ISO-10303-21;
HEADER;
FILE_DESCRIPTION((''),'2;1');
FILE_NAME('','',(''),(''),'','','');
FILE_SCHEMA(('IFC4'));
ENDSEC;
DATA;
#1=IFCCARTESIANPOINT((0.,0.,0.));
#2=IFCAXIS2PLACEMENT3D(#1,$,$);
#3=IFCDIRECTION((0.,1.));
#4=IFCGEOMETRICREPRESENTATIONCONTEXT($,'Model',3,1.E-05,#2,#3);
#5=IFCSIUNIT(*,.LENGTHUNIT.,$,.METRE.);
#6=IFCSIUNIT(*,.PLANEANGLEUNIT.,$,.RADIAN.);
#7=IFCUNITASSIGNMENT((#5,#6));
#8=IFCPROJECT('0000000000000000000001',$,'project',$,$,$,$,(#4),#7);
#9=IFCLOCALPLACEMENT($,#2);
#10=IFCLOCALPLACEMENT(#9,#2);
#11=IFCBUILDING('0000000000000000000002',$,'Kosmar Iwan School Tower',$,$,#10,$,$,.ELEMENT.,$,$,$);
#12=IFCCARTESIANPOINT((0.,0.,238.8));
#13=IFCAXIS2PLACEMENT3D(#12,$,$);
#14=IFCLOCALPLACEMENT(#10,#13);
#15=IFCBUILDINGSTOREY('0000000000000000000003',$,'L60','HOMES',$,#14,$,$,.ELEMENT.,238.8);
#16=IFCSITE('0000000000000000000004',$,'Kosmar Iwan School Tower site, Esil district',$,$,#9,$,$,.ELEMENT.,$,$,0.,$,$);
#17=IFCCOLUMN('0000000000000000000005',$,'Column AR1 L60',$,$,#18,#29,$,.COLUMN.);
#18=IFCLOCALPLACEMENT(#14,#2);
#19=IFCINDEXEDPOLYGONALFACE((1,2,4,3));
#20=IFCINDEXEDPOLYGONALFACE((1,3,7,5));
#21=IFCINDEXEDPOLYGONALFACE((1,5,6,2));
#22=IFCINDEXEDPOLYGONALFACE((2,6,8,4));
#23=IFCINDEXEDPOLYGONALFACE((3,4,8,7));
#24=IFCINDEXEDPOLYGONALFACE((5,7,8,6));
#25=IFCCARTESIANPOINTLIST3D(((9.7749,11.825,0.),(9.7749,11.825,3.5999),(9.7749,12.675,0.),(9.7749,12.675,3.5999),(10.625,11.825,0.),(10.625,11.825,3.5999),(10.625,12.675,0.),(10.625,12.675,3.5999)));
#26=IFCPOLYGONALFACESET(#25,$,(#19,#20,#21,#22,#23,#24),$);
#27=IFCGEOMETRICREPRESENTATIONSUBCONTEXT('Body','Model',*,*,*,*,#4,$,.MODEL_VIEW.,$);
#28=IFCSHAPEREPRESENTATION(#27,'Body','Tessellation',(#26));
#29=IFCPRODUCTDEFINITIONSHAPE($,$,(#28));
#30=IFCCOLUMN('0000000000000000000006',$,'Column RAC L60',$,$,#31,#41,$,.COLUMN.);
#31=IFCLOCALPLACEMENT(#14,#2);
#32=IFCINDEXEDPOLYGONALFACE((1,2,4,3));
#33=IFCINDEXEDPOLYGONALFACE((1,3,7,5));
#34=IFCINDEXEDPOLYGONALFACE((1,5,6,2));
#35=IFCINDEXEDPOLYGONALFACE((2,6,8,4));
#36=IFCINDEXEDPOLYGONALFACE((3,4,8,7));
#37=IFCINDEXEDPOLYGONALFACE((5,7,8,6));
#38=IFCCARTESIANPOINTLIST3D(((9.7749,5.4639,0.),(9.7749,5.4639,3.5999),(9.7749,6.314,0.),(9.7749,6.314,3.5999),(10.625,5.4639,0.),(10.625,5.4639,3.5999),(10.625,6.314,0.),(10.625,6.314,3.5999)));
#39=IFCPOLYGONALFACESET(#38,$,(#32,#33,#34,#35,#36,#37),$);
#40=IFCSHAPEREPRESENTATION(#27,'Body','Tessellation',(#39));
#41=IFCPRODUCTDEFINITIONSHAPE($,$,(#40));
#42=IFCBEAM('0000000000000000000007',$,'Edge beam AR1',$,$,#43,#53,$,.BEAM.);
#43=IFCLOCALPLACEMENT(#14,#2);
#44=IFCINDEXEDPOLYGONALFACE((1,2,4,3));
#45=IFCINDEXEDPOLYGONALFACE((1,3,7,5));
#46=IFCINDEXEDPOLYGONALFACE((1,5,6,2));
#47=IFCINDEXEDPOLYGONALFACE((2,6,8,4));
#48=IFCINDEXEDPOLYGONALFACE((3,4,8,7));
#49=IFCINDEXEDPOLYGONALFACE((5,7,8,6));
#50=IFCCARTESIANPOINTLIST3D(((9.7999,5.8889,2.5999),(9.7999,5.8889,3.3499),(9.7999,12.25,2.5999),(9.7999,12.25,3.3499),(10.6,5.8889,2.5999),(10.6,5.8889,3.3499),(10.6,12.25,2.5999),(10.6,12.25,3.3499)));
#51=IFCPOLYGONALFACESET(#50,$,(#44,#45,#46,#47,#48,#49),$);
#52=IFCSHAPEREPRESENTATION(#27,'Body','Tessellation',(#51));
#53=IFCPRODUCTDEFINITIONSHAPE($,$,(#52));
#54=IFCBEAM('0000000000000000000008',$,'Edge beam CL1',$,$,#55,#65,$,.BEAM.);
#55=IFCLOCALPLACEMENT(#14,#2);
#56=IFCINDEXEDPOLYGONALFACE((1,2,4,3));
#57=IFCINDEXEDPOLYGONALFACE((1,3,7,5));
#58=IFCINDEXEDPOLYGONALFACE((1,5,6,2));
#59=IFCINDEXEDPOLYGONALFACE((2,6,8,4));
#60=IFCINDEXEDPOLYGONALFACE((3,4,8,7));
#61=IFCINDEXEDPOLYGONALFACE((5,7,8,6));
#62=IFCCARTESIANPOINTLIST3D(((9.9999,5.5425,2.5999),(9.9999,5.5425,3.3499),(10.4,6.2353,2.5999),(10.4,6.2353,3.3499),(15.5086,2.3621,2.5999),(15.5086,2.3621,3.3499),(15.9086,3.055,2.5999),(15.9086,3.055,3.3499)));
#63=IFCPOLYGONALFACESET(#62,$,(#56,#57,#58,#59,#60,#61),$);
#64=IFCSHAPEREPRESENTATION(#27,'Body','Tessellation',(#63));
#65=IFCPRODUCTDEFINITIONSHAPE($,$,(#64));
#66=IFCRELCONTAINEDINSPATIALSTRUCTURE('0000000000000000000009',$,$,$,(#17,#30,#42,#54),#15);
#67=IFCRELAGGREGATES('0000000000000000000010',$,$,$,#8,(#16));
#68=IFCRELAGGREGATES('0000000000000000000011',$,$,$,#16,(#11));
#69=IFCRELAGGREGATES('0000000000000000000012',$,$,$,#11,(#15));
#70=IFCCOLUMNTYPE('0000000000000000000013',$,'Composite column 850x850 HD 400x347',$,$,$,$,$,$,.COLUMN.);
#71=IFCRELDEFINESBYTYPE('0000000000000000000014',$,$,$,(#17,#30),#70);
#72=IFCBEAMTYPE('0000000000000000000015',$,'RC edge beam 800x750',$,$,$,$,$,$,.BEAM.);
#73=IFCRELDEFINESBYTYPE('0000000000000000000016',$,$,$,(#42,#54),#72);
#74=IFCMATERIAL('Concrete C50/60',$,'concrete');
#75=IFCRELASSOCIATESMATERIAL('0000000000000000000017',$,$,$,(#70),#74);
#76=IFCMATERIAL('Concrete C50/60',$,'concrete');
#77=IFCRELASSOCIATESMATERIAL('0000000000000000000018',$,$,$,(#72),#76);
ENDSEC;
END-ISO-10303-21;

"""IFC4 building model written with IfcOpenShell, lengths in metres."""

from ifc_helpers import new_model, si_unit, direction, frame, origin, origin_2d, place, context, subcontext, project, spatial, rectangle, extrude, material, material_profile, profile_set, type_object, element, save


model = new_model("IFC4")

# Units and contexts
model_context = context("Model", 3, precision=1e-05, world=origin(), true_north=direction((0.0, 1.0)))
body_context = subcontext(model_context, "Body", "Model", "MODEL_VIEW")
ifc_project = project(units=[si_unit("LENGTHUNIT", "METRE"), si_unit("PLANEANGLEUNIT", "RADIAN")], contexts=[model_context])

# Site, building, storey
site_placement = place(None, origin())
site = spatial("IfcSite", under=ifc_project, at=site_placement, Name="Kosmar Iwan School Tower site, Esil district", CompositionType="ELEMENT", RefElevation=0.0)
building_placement = place(site_placement, origin())
building = spatial("IfcBuilding", under=site, at=building_placement, Name="Kosmar Iwan School Tower", CompositionType="ELEMENT")
storey_placement = place(building_placement, frame((0.0, 0.0, 238.8)))
storey = spatial("IfcBuildingStorey", under=building, at=storey_placement, Name="L60", Description="HOMES", CompositionType="ELEMENT", Elevation=238.8)

# Columns
ifc_material_1 = material(Name="Concrete C50/60", Category="concrete")
ifc_material_profile_1 = material_profile(ifc_material_1, rectangle(XDim=0.8501, YDim=0.8501, at=origin_2d()), Name="RC 850x850 + HD 400x347")
ifc_profile_set_1 = profile_set([ifc_material_profile_1], Name="Concrete C50/60")
column_type = type_object("IfcColumnType", Name="Composite column 850x850 HD 400x347", PredefinedType="COLUMN", material=ifc_profile_set_1)
for number, where, z_axis, x_axis, name in (
    (1, (10.2, 12.25, 0.0), (0.0, 0.0, 1.0), (0.0, 1.0, 0.0), "Column AR1 L60"),
    (2, (10.2, 5.8889, 0.0), (0.0, 0.0, 1.0), (1.0, 0.0, 0.0), "Column RAC L60"),
):
    element("IfcColumn", number, at=place(storey_placement, frame(where, z_axis=z_axis, x_axis=x_axis)), inside=storey, type_object=column_type, Name=name, PredefinedType="COLUMN", context=body_context, shape_type="SweptSolid", body=[
        extrude(rectangle(XDim=0.8501, YDim=0.8501, at=origin_2d()), origin(), (0.0, 0.0, 1.0), 3.5999),
    ])

# Beams
ifc_material_2 = material(Name="Concrete C50/60", Category="concrete")
ifc_material_profile_2 = material_profile(ifc_material_2, rectangle(XDim=0.8, YDim=0.75, at=origin_2d()), Name="RC 800x750")
ifc_profile_set_2 = profile_set([ifc_material_profile_2], Name="Concrete C50/60")
beam_type = type_object("IfcBeamType", Name="RC edge beam 800x750", PredefinedType="BEAM", material=ifc_profile_set_2)
beam_1_placement = place(storey_placement, frame((10.2, 5.8889, 2.9749), z_axis=(0.0, 1.0, 0.0), x_axis=(-1.0, 0.0, 0.0)))
element("IfcBeam", 3, at=beam_1_placement, inside=storey, type_object=beam_type, Name="Edge beam AR1", PredefinedType="BEAM", context=body_context, shape_type="SweptSolid", body=[
    extrude(rectangle(XDim=0.8, YDim=0.75, at=origin_2d()), origin(), (0.0, 0.0, 1.0), 6.3611),
])
beam_2_placement = place(storey_placement, frame((10.2, 5.8889, 2.9749), z_axis=(0.866031, -0.49999, 0.0), x_axis=(0.49999, 0.866031, 0.0)))
element("IfcBeam", 4, at=beam_2_placement, inside=storey, type_object=beam_type, Name="Edge beam CL1", PredefinedType="BEAM", context=body_context, shape_type="SweptSolid", body=[
    extrude(rectangle(XDim=0.8, YDim=0.75, at=origin_2d()), origin(), (0.0, 0.0, 1.0), 6.3608),
])

save(model, "model.ifc")
